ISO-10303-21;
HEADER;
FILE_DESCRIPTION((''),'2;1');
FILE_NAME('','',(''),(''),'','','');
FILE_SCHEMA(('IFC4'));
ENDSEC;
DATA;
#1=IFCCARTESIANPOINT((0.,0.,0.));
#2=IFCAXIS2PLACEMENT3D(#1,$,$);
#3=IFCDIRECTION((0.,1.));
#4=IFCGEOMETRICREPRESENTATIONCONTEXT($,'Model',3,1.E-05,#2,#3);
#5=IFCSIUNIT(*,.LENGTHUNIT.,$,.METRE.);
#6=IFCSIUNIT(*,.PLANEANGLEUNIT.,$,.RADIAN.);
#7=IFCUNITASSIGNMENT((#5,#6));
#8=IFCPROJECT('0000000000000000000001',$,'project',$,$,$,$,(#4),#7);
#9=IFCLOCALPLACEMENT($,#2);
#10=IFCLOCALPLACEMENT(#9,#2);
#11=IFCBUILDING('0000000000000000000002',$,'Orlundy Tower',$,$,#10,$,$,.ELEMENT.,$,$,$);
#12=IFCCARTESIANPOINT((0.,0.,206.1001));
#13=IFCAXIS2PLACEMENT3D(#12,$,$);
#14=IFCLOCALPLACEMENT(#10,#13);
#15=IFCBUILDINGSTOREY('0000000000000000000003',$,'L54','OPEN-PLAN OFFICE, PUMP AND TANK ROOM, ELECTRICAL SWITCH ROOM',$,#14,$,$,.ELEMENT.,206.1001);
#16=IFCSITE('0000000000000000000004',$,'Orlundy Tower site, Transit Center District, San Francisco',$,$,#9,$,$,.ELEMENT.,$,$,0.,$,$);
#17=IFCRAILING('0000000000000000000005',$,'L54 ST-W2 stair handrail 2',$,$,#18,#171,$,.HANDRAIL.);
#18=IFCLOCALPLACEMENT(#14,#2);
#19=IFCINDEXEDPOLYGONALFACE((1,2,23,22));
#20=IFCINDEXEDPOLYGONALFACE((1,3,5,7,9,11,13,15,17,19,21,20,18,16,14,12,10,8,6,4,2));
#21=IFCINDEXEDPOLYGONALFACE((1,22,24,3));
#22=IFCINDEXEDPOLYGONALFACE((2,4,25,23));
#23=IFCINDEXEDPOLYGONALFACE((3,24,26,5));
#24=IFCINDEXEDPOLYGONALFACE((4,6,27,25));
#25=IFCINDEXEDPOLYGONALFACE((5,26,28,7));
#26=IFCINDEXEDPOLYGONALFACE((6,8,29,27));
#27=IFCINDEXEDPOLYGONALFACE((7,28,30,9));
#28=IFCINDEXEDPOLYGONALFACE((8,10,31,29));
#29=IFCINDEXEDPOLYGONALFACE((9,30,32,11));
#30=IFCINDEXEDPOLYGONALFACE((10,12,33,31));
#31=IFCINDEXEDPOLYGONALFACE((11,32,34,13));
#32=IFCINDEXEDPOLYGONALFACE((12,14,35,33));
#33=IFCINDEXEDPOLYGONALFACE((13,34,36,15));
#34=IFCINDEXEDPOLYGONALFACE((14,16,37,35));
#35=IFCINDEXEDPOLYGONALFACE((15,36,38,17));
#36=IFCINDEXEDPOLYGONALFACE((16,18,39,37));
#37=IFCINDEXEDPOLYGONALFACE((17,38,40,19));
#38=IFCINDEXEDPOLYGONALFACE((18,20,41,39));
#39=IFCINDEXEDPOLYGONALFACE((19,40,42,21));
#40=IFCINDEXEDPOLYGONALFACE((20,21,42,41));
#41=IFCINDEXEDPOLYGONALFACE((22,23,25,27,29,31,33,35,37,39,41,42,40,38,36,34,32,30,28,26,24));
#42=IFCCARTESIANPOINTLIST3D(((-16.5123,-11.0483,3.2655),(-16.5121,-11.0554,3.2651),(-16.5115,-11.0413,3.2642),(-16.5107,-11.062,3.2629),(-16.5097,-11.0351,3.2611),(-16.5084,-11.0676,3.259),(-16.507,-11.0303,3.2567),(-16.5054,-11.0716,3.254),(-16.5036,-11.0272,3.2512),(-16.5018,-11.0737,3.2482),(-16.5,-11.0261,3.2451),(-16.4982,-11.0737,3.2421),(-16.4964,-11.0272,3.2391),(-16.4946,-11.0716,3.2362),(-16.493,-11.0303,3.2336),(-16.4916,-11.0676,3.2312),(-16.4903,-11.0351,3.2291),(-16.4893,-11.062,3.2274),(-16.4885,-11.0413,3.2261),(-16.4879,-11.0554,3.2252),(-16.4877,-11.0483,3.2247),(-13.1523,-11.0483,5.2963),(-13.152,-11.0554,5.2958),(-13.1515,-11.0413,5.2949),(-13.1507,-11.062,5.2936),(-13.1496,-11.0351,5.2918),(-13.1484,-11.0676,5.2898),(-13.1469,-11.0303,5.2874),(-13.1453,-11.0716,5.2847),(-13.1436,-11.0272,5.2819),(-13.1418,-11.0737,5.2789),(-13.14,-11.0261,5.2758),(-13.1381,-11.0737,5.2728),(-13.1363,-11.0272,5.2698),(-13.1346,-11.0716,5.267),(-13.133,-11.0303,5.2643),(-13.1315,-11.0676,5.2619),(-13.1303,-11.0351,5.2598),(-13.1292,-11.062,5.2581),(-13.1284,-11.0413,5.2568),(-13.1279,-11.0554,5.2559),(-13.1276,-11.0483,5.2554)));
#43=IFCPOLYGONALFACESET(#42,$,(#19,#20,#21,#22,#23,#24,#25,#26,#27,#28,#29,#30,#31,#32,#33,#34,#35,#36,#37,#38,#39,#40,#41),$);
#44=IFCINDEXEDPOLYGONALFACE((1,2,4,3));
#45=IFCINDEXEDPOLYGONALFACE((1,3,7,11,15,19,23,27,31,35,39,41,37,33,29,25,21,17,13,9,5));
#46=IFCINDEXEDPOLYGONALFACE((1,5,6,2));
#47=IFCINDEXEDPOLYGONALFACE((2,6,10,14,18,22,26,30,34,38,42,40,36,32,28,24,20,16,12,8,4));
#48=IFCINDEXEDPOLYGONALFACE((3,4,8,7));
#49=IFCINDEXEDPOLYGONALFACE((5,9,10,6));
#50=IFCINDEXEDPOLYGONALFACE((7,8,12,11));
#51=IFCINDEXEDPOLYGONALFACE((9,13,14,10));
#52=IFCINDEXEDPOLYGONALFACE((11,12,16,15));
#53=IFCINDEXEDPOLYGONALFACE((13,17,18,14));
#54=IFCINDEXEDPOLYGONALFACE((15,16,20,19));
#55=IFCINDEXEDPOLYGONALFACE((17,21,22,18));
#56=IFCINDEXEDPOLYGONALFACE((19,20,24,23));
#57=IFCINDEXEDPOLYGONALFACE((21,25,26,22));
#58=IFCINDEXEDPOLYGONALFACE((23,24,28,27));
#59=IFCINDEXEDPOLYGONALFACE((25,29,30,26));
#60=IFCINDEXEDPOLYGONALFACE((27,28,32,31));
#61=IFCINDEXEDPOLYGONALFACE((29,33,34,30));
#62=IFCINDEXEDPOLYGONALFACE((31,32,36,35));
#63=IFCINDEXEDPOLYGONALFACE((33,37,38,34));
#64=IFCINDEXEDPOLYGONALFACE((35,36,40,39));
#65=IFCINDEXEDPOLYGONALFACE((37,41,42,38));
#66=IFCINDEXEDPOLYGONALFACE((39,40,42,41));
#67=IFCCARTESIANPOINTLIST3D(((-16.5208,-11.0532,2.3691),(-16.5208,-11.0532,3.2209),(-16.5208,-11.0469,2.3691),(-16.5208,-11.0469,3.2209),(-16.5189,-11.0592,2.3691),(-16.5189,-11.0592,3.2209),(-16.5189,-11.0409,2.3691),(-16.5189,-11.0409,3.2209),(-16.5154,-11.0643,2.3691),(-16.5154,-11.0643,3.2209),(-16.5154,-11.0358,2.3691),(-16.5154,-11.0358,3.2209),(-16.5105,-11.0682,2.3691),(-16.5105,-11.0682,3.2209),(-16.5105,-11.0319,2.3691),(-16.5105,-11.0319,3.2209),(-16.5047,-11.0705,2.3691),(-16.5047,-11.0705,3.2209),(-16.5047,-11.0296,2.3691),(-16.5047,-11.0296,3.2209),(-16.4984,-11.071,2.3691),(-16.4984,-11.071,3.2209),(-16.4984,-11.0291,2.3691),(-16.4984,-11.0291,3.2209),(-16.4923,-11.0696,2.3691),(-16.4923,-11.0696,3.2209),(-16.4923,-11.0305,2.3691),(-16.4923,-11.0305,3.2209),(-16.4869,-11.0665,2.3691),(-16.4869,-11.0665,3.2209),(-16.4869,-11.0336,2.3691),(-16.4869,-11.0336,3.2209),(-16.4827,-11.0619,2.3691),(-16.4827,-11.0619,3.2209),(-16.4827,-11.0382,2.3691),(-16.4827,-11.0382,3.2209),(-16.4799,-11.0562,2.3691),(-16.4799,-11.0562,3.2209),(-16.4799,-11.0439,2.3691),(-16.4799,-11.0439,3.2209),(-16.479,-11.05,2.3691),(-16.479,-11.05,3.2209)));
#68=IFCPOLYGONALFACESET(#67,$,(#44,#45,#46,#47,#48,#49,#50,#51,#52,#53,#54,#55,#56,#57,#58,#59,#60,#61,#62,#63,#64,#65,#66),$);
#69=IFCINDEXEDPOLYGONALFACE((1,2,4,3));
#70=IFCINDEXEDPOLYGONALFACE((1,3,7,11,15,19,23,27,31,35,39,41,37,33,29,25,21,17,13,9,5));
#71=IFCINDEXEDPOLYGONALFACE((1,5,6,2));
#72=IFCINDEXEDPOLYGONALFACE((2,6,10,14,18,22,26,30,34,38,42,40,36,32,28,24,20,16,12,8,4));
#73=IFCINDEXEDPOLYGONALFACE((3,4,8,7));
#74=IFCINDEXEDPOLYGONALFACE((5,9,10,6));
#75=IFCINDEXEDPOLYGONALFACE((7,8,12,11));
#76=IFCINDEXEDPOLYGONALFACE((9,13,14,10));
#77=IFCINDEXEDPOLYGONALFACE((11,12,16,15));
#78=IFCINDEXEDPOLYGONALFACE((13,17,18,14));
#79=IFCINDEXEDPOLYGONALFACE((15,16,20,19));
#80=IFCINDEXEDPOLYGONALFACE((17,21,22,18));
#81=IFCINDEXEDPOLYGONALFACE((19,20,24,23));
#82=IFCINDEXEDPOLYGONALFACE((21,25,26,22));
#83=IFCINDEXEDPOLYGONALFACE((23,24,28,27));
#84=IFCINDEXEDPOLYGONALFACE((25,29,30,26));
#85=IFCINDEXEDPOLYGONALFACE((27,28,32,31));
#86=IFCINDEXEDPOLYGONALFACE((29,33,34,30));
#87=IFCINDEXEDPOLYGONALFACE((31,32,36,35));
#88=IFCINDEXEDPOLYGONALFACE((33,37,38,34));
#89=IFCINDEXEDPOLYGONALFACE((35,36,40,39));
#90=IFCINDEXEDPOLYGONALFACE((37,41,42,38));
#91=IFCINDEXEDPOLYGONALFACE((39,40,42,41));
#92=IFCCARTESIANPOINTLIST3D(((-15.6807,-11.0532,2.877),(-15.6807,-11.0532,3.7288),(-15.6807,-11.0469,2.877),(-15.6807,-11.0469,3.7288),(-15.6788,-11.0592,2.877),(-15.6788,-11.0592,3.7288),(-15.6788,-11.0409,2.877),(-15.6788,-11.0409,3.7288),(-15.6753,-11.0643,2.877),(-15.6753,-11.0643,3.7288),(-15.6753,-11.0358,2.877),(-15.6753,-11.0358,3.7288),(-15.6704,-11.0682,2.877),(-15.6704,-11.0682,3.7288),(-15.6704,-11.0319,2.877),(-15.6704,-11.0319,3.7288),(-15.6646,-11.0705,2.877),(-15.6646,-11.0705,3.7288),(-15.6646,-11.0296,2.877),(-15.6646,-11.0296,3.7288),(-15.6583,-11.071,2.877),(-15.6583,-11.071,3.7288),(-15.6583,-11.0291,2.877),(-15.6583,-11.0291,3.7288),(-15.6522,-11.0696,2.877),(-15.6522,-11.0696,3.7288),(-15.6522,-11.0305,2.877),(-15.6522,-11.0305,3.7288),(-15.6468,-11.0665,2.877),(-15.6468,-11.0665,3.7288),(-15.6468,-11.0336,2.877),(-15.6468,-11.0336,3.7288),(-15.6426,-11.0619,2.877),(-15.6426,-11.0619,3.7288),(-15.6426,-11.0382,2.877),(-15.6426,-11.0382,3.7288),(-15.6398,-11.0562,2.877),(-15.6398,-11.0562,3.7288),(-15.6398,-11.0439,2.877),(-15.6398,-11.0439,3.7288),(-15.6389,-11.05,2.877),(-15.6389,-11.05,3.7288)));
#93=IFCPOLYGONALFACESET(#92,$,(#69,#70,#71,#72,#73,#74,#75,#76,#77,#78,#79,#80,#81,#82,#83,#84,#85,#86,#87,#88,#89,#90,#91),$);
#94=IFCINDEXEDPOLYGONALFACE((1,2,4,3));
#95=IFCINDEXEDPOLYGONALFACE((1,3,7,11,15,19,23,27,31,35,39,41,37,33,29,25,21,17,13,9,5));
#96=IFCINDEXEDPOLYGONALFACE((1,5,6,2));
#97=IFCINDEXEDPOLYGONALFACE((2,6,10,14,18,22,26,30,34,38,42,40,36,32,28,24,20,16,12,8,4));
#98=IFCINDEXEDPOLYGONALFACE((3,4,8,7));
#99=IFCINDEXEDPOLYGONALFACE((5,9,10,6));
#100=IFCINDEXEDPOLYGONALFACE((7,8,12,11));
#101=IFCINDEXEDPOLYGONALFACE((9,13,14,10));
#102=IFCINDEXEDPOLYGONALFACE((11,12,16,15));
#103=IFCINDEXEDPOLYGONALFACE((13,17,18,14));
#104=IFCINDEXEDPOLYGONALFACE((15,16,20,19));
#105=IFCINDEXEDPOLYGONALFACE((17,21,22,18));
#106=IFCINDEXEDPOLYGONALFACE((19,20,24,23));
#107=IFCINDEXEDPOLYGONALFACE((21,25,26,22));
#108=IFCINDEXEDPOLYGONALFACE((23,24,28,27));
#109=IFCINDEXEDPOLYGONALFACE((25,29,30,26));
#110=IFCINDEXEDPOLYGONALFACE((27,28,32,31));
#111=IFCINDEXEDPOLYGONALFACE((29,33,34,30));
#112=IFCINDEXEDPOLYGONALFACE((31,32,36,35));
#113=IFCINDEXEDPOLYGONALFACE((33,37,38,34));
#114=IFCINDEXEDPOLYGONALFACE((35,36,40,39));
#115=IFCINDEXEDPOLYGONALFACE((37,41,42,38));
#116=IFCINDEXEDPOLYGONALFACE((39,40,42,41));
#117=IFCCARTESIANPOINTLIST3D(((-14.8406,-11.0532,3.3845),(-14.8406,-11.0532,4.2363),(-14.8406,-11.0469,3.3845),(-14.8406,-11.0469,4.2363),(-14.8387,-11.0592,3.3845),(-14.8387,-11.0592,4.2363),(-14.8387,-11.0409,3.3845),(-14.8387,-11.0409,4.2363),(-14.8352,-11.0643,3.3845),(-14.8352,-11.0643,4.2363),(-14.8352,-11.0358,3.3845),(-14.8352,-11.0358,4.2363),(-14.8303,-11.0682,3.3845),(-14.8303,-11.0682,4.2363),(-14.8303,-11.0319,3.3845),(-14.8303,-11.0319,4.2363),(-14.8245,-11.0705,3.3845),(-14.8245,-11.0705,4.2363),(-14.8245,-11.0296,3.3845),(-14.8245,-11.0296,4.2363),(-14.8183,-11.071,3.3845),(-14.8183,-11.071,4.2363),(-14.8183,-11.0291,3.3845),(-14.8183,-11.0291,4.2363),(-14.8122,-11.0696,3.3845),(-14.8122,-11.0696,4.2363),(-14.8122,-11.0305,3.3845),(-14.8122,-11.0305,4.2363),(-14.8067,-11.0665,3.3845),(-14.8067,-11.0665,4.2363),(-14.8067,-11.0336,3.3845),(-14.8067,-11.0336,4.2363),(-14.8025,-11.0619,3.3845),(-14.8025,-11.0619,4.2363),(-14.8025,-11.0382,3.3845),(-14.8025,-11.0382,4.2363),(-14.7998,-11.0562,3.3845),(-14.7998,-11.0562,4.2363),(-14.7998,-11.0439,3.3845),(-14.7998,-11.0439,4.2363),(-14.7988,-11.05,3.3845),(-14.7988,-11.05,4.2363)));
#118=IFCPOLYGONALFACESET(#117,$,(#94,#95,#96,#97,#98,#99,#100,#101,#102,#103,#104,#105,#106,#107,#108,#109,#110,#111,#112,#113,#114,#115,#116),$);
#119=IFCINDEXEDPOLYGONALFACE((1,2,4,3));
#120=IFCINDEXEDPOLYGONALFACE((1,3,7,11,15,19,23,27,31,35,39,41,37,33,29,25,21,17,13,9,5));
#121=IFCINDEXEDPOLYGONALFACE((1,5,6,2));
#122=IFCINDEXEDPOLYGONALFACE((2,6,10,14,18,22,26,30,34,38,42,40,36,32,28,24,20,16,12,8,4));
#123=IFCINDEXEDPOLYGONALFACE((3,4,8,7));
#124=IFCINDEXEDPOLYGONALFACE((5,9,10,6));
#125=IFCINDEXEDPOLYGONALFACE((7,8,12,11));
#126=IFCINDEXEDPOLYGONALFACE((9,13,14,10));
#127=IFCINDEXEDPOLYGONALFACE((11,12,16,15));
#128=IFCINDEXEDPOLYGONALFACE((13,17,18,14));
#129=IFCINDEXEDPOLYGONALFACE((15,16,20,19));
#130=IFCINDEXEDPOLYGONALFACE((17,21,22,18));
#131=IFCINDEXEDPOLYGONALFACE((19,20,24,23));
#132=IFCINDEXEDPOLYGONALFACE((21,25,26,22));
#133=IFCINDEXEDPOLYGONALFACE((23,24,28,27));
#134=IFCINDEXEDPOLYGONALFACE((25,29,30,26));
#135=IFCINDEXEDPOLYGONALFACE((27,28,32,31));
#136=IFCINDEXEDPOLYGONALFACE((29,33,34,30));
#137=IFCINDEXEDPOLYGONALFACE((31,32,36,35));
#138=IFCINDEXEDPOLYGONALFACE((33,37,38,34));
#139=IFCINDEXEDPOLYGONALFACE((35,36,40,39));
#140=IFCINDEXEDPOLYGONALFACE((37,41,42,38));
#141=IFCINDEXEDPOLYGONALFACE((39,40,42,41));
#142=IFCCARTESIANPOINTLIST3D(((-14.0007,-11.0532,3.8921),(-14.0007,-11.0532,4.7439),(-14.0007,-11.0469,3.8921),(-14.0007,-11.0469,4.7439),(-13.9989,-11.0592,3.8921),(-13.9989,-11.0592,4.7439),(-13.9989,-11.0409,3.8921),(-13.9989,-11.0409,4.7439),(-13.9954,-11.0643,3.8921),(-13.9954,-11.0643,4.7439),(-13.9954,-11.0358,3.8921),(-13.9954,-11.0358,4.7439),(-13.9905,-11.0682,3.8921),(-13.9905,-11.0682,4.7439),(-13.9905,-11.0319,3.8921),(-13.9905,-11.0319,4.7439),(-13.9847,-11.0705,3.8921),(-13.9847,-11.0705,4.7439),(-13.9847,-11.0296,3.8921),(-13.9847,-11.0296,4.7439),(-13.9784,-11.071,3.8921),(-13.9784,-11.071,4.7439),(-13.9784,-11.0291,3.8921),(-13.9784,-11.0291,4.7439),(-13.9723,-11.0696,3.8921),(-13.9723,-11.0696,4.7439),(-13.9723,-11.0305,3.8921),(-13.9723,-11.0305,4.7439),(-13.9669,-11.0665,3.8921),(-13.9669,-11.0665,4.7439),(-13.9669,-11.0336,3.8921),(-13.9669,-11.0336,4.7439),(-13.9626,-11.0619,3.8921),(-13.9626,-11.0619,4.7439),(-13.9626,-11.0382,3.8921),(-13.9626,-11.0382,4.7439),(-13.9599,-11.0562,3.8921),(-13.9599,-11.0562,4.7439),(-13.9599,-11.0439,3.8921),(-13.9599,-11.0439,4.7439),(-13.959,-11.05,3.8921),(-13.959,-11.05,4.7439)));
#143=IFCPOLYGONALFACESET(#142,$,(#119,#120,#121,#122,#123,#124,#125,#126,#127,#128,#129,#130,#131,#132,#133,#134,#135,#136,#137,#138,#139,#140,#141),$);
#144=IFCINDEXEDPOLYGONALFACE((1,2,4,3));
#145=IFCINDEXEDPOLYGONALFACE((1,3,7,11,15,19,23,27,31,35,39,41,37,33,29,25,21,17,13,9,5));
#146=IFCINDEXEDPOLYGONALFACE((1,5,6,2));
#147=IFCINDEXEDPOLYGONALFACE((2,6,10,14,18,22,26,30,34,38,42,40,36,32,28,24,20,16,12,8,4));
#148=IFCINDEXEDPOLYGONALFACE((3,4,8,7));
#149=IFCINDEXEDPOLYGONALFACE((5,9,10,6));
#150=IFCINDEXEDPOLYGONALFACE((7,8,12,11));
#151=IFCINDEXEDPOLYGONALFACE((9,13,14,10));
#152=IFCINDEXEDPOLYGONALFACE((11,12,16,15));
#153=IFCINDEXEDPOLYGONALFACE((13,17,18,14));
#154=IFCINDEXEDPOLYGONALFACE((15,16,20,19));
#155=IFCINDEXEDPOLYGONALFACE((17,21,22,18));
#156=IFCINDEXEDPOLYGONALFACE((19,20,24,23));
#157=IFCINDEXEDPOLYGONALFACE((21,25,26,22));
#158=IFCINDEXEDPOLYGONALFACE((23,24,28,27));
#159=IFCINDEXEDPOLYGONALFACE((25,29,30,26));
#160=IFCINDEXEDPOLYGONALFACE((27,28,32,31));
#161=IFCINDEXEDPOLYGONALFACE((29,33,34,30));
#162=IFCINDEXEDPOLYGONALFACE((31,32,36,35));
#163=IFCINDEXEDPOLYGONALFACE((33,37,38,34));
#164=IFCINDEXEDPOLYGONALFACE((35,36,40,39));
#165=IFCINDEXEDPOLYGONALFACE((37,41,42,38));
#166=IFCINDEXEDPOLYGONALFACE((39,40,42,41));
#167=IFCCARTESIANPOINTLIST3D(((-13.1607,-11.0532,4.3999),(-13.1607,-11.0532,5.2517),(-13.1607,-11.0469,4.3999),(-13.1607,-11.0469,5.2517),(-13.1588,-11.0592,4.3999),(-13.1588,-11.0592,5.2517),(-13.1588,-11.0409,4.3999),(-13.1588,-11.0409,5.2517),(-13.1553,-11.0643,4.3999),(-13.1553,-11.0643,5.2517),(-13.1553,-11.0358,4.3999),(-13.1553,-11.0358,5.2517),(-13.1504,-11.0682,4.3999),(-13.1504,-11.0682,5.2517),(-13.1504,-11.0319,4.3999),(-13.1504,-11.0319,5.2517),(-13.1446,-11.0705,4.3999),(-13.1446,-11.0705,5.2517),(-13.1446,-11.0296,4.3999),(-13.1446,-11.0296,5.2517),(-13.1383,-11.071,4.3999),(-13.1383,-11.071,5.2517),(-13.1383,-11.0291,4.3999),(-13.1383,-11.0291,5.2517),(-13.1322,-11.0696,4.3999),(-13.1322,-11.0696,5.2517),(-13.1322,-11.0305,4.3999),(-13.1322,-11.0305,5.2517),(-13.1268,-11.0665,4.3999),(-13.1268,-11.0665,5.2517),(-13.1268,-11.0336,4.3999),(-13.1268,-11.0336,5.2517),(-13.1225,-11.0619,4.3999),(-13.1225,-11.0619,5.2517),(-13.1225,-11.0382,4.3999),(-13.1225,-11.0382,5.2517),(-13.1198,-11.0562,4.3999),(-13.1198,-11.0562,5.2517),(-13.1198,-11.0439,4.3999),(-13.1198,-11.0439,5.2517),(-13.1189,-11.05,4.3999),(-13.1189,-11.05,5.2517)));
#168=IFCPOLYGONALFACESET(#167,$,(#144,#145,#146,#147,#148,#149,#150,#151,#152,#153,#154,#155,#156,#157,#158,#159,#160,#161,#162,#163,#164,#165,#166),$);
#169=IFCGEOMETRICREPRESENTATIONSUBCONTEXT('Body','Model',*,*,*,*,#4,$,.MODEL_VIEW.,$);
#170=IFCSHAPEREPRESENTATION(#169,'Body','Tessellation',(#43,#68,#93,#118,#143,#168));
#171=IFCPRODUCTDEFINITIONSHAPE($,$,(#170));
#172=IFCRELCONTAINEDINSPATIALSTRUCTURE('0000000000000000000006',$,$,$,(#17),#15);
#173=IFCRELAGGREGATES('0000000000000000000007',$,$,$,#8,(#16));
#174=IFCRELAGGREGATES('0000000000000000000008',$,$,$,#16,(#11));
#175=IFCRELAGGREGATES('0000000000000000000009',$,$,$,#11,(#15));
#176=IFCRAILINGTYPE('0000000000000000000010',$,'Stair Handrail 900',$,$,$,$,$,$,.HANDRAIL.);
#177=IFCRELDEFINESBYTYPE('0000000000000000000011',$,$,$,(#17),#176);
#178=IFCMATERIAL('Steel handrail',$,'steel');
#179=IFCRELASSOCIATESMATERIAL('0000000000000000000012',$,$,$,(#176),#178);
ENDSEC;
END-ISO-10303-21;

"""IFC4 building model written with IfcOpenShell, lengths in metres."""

from ifc_helpers import new_model, si_unit, direction, frame, origin, origin_2d, place, context, subcontext, project, spatial, circle, extrude, material, type_object, element, save


model = new_model("IFC4")

# Units and contexts
model_context = context("Model", 3, precision=1e-05, world=origin(), true_north=direction((0.0, 1.0)))
body_context = subcontext(model_context, "Body", "Model", "MODEL_VIEW")
ifc_project = project(units=[si_unit("LENGTHUNIT", "METRE"), si_unit("PLANEANGLEUNIT", "RADIAN")], contexts=[model_context])

# Site, building, storey
site_placement = place(None, origin())
site = spatial("IfcSite", under=ifc_project, at=site_placement, Name="Orlundy Tower site, Transit Center District, San Francisco", CompositionType="ELEMENT", RefElevation=0.0)
building_placement = place(site_placement, origin())
building = spatial("IfcBuilding", under=site, at=building_placement, Name="Orlundy Tower", CompositionType="ELEMENT")
storey_placement = place(building_placement, frame((0.0, 0.0, 206.1001)))
storey = spatial("IfcBuildingStorey", under=building, at=storey_placement, Name="L54", Description="OPEN-PLAN OFFICE, PUMP AND TANK ROOM, ELECTRICAL SWITCH ROOM", CompositionType="ELEMENT", Elevation=206.1001)

# Railing
ifc_material_1 = material(Name="Steel handrail", Category="steel")
railing_type = type_object("IfcRailingType", Name="Stair Handrail 900", PredefinedType="HANDRAIL", material=ifc_material_1)
railing_placement = place(storey_placement, frame((-16.5, -11.05, 2.3691)))
element("IfcRailing", 1, at=railing_placement, inside=storey, type_object=railing_type, Name="L54 ST-W2 stair handrail 2", PredefinedType="HANDRAIL", context=body_context, shape_type="SweptSolid", body=[
    extrude(circle(Radius=0.0239, at=origin_2d()), frame((0.0, 0.0, 0.876), z_axis=(0.855837, 0.0, 0.517246), x_axis=(0.0, 1.0, 0.0)), (0.0, 0.0, 1.0), 3.926),
    extrude(circle(Radius=0.021, at=origin_2d()), origin(), (0.0, 0.0, 1.0), 0.8518),
    extrude(circle(Radius=0.021, at=origin_2d()), frame((0.8401, 0.0, 0.5078)), (0.0, 0.0, 1.0), 0.8518),
    extrude(circle(Radius=0.021, at=origin_2d()), frame((1.6802, 0.0, 1.0154)), (0.0, 0.0, 1.0), 0.8518),
    extrude(circle(Radius=0.021, at=origin_2d()), frame((2.52, 0.0, 1.5229)), (0.0, 0.0, 1.0), 0.8518),
    extrude(circle(Radius=0.021, at=origin_2d()), frame((3.3601, 0.0, 2.0308)), (0.0, 0.0, 1.0), 0.8518),
])

save(model, "model.ifc")
